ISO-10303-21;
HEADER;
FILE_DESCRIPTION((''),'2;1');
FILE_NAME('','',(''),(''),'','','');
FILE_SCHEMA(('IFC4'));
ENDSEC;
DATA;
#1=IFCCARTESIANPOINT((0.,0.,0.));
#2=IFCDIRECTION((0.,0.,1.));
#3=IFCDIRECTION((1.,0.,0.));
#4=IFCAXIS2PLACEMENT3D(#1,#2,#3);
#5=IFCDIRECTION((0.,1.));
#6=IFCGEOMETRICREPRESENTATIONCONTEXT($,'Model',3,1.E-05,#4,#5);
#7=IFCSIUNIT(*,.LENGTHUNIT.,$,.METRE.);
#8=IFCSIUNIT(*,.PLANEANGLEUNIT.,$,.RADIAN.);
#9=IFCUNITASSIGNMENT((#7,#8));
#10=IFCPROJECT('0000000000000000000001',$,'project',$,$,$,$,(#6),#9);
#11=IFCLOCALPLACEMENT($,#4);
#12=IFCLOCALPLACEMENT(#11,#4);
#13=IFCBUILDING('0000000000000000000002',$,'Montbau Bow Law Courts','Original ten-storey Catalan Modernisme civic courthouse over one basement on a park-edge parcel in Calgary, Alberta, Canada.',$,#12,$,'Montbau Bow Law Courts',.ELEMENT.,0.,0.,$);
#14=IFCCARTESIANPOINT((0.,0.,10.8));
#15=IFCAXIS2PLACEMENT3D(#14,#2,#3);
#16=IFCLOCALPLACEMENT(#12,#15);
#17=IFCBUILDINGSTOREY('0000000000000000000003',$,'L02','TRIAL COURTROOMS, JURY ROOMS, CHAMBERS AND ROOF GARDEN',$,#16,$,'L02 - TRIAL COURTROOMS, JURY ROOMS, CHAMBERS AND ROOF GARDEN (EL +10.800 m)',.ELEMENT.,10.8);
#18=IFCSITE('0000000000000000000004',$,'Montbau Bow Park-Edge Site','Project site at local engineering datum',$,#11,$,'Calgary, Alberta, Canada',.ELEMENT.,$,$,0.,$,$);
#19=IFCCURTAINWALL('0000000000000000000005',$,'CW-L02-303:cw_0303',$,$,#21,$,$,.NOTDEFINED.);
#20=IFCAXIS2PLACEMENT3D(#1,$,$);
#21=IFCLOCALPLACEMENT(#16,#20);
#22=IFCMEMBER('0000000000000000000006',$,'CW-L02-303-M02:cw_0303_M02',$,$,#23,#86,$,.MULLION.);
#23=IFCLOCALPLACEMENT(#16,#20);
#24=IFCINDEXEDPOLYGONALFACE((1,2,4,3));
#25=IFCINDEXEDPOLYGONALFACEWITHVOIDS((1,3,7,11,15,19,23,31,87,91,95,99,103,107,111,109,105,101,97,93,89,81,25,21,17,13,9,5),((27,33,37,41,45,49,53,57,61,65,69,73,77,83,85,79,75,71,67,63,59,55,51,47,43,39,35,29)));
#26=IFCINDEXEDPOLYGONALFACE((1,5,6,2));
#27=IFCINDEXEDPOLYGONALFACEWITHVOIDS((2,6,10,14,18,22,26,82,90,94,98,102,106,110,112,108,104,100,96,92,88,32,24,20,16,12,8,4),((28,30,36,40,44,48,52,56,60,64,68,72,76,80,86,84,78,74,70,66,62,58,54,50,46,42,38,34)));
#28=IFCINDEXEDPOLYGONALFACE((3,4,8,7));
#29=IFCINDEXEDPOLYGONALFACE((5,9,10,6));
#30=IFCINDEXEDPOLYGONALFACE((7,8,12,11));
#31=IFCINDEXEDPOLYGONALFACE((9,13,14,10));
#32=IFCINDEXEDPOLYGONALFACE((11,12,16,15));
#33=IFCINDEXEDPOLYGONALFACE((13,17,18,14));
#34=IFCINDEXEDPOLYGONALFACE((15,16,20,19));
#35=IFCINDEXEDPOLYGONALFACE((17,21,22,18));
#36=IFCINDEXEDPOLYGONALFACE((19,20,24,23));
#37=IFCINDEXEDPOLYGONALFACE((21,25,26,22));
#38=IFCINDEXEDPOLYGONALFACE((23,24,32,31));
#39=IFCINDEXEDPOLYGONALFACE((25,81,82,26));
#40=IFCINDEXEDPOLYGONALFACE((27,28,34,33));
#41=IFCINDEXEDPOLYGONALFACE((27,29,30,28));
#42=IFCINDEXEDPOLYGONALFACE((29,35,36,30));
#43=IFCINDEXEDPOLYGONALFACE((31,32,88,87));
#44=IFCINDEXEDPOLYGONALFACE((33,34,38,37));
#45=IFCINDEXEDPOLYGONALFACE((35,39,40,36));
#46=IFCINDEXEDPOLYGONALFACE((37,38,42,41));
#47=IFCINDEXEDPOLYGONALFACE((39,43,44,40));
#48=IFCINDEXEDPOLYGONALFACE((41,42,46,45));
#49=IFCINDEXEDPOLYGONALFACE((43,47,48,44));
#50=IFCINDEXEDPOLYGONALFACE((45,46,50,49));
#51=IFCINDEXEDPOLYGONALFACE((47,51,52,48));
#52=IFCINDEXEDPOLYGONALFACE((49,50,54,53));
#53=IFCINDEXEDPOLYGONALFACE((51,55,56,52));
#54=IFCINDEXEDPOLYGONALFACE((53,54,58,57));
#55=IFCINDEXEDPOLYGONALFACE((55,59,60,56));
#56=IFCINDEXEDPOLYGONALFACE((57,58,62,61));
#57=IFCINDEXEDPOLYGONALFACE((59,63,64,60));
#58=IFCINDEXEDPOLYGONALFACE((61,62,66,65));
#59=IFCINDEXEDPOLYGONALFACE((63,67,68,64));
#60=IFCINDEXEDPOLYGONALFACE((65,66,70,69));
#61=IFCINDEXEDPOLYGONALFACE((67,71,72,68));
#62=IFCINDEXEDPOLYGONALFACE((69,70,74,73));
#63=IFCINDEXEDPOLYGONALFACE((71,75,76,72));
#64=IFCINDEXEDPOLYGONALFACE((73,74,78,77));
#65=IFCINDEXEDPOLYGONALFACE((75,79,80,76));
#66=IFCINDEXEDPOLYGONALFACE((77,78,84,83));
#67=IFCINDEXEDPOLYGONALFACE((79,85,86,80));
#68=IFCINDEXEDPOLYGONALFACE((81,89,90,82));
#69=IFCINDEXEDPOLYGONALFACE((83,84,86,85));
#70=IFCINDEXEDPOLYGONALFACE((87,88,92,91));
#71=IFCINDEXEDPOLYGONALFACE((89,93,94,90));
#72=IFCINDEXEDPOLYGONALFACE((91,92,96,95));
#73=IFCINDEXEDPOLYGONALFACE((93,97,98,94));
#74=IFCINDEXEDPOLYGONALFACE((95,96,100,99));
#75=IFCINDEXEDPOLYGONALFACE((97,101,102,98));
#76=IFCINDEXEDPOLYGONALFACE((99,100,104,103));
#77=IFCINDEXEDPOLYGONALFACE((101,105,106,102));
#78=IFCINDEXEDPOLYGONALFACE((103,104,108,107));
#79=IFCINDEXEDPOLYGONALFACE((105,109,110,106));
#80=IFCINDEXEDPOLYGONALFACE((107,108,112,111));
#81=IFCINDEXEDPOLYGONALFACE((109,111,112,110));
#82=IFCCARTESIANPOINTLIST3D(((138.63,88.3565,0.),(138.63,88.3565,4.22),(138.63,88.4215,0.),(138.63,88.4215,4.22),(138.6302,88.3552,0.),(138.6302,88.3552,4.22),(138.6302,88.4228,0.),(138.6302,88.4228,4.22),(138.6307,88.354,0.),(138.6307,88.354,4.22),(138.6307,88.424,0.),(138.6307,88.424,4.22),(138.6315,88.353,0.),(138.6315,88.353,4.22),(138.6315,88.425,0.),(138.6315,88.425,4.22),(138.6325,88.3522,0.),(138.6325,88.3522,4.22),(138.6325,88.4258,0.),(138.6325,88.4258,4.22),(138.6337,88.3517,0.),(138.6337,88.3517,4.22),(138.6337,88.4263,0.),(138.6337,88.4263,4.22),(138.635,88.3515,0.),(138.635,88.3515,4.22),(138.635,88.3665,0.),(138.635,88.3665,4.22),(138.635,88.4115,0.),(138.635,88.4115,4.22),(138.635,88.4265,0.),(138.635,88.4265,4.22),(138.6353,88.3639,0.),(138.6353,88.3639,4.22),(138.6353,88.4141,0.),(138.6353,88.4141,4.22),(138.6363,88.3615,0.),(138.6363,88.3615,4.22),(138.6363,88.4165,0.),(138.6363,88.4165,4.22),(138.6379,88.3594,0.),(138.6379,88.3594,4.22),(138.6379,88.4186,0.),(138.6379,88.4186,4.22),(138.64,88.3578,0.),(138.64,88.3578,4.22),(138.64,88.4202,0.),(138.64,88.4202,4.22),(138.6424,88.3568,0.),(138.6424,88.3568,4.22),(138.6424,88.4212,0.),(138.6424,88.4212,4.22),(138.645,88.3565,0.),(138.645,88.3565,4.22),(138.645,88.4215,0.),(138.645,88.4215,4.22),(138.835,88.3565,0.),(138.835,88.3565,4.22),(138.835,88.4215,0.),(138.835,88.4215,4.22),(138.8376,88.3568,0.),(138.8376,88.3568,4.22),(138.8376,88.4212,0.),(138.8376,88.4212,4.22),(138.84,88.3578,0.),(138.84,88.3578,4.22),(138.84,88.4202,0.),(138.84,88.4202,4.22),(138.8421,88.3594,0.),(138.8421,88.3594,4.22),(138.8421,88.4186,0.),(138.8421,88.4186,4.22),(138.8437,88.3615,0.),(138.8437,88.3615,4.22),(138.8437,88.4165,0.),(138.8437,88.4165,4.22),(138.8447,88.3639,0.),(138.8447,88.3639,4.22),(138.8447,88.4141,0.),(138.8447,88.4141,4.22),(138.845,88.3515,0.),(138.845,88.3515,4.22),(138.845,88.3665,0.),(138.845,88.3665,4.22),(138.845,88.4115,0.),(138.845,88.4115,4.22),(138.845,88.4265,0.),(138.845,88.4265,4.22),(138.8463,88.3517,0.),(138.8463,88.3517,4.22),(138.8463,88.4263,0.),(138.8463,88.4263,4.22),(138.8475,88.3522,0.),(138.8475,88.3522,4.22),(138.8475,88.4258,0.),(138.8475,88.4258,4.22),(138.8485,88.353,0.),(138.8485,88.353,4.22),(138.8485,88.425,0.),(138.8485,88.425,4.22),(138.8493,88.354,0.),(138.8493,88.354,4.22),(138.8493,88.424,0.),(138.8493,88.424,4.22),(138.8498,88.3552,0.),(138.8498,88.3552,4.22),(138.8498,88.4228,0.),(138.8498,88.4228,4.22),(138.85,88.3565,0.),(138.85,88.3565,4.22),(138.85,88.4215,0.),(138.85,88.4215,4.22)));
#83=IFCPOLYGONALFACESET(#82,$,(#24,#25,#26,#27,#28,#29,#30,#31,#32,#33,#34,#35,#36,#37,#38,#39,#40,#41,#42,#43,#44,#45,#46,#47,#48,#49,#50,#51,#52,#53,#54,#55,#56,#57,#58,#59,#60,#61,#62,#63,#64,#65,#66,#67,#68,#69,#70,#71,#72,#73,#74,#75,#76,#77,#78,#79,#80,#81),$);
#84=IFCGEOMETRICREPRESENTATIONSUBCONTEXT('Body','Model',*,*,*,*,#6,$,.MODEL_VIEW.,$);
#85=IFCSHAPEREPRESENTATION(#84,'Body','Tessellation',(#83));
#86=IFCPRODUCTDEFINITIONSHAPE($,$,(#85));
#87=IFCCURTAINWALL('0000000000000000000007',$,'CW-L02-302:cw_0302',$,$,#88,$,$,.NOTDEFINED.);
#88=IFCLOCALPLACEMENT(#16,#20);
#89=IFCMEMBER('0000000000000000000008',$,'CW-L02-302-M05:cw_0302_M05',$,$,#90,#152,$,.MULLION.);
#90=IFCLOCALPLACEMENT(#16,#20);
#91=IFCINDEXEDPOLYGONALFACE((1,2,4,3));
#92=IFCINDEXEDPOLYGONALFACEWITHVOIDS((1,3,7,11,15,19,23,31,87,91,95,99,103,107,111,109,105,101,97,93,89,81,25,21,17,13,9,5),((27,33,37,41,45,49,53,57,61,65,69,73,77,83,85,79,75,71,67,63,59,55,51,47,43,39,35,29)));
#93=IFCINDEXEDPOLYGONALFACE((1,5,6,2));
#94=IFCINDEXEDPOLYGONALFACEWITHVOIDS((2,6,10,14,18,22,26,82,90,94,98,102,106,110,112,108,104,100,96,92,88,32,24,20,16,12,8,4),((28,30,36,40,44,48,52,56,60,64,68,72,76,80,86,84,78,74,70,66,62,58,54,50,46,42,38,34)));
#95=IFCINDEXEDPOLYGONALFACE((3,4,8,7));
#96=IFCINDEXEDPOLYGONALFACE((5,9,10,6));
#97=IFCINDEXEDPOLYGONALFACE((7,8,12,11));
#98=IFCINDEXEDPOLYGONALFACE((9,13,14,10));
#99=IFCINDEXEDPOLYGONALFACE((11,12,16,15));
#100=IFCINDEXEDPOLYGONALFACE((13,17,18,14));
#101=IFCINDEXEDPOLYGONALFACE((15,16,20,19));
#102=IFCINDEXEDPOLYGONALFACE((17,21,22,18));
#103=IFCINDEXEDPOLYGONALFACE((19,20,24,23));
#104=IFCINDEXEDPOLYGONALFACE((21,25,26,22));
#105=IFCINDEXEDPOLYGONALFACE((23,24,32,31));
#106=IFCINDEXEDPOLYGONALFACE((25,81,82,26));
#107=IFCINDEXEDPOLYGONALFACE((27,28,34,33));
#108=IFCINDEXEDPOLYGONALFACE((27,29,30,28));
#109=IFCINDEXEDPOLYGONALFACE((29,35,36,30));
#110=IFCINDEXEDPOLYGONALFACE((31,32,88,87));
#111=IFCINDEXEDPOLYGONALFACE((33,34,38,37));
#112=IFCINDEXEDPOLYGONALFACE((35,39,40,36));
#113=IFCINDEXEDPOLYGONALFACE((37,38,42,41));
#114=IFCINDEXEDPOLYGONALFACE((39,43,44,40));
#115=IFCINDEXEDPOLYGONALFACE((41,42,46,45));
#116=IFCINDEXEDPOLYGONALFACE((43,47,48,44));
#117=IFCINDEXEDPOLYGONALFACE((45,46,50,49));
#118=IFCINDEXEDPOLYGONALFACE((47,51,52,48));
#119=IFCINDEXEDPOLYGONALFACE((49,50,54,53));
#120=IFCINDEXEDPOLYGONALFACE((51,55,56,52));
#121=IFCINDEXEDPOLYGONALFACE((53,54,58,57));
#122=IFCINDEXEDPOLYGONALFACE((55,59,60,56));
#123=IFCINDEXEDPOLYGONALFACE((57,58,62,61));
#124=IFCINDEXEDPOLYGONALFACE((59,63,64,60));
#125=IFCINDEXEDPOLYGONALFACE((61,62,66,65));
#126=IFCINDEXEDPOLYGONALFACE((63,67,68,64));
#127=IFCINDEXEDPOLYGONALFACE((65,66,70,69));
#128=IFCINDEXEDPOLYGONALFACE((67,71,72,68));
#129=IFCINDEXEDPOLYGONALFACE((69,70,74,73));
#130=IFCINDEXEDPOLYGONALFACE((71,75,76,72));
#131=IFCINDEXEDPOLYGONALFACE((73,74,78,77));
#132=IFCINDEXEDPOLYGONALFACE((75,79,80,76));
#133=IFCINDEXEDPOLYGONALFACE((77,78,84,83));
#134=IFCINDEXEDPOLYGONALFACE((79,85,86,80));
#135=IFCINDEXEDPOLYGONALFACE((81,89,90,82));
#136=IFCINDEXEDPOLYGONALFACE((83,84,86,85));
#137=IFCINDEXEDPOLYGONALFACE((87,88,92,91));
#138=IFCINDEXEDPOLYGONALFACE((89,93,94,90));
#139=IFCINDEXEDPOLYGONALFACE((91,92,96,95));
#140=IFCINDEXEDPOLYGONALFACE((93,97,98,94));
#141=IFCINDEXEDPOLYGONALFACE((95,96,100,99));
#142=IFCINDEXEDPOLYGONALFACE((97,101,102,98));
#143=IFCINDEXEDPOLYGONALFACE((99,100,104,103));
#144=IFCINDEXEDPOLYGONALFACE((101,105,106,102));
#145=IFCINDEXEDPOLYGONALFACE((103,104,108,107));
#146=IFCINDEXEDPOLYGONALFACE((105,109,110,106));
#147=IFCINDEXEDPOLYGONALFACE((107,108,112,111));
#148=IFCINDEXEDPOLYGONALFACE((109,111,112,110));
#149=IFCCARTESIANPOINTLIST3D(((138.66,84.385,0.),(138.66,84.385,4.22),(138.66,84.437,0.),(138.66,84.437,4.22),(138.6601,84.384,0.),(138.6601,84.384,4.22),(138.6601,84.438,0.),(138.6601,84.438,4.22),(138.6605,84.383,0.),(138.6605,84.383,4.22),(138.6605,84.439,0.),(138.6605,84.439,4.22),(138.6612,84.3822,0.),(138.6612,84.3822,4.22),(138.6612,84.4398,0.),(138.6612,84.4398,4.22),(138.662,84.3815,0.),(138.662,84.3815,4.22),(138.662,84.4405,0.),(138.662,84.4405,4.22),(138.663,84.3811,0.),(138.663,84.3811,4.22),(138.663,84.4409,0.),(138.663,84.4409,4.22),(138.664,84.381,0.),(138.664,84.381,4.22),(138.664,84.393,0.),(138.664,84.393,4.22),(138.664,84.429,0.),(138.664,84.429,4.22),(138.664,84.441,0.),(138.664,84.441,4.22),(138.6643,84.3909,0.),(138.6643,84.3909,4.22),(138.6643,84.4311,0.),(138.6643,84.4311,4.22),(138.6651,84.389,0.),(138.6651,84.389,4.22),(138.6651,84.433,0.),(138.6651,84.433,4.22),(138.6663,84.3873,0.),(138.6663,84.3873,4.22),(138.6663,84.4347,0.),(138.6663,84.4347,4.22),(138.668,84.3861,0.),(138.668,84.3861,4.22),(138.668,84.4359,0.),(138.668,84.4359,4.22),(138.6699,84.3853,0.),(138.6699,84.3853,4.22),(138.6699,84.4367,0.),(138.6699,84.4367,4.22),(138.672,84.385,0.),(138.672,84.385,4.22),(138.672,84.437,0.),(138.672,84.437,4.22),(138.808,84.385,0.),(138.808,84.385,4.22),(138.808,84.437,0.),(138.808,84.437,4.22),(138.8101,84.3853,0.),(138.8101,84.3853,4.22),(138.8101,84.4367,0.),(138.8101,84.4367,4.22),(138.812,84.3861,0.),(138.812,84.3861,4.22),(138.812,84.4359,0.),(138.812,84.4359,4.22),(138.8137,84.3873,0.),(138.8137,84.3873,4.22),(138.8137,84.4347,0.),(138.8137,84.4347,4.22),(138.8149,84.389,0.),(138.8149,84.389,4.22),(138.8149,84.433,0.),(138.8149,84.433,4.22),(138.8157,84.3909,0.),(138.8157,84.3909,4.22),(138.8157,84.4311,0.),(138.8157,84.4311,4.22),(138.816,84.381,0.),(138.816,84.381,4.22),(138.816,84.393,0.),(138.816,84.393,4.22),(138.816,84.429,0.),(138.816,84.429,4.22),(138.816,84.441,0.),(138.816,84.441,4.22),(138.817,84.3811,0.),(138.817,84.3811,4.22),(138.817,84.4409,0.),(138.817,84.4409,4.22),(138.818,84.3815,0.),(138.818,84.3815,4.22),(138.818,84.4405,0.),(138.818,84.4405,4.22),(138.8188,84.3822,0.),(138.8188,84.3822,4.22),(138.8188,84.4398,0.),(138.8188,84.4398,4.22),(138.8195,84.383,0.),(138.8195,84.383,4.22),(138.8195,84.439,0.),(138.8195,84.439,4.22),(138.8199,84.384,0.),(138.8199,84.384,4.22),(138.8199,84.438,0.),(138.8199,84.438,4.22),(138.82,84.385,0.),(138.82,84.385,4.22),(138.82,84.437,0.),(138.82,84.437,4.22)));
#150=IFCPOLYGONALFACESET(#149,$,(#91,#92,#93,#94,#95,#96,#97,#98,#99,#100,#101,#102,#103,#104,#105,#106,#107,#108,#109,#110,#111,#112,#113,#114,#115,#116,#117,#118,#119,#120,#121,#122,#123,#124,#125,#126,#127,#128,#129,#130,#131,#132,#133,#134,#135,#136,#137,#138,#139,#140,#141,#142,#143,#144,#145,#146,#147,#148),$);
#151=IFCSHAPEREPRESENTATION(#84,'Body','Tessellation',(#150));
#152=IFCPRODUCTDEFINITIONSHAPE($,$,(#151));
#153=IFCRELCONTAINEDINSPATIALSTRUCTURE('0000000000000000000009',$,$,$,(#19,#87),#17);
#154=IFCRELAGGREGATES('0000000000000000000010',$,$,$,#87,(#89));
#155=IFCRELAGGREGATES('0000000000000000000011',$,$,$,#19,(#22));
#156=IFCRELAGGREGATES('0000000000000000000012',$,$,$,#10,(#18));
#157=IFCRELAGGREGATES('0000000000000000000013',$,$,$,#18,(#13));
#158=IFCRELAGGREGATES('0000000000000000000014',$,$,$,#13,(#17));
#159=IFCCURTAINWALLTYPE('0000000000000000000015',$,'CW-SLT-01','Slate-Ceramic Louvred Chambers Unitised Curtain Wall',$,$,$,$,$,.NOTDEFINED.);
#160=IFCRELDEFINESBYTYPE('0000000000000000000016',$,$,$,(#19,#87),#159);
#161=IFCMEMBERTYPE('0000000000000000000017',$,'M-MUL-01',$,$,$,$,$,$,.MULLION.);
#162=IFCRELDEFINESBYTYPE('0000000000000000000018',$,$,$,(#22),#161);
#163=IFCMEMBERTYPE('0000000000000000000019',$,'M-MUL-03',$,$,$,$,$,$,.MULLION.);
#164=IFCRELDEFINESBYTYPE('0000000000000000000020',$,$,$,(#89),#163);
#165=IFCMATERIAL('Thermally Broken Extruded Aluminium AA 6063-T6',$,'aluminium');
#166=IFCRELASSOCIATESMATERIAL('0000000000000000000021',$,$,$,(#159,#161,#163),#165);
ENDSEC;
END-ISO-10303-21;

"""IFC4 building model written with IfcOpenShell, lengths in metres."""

from ifc_helpers import new_model, si_unit, direction, frame, origin_with_axes, origin_2d_with_axis, place, context, subcontext, project, spatial, hollow_rectangle, extrude, material, material_profile, profile_set, type_object, element, aggregate, save


model = new_model("IFC4")

# Units and contexts
model_context = context("Model", 3, precision=1e-05, world=origin_with_axes(), true_north=direction((0.0, 1.0)))
body_context = subcontext(model_context, "Body", "Model", "MODEL_VIEW")
ifc_project = project(units=[si_unit("LENGTHUNIT", "METRE"), si_unit("PLANEANGLEUNIT", "RADIAN")], contexts=[model_context])

# Site, building, storey
site_placement = place(None, origin_with_axes())
site = spatial("IfcSite", under=ifc_project, at=site_placement, Name="Montbau Bow Park-Edge Site", Description="Project site at local engineering datum", LongName="Calgary, Alberta, Canada", CompositionType="ELEMENT", RefElevation=0.0)
building_placement = place(site_placement, origin_with_axes())
building = spatial("IfcBuilding", under=site, at=building_placement, Name="Montbau Bow Law Courts", Description="Original ten-storey Catalan Modernisme civic courthouse over one basement on a park-edge parcel in Calgary, Alberta, Canada.", LongName="Montbau Bow Law Courts", CompositionType="ELEMENT", ElevationOfRefHeight=0.0, ElevationOfTerrain=0.0)
storey_placement = place(building_placement, frame((0.0, 0.0, 10.8), z_axis=(0.0, 0.0, 1.0), x_axis=(1.0, 0.0, 0.0)))
storey = spatial("IfcBuildingStorey", under=building, at=storey_placement, Name="L02", Description="TRIAL COURTROOMS, JURY ROOMS, CHAMBERS AND ROOF GARDEN", LongName="L02 - TRIAL COURTROOMS, JURY ROOMS, CHAMBERS AND ROOF GARDEN (EL +10.800 m)", CompositionType="ELEMENT", Elevation=10.8)

# Curtain walls, members
ifc_material_1 = material(Name="Thermally Broken Extruded Aluminium AA 6063-T6", Category="aluminium")
curtain_wall_type = type_object("IfcCurtainWallType", Name="CW-SLT-01", Description="Slate-Ceramic Louvred Chambers Unitised Curtain Wall", PredefinedType="NOTDEFINED", material=ifc_material_1)
curtain_wall_1_placement = place(None, frame((138.74, 86.915, 10.8), z_axis=(0.0, 0.0, 1.0), x_axis=(1.0, 0.0, 0.0)))
curtain_wall_1 = element("IfcCurtainWall", 1, at=curtain_wall_1_placement, inside=storey, type_object=curtain_wall_type, Name="CW-L02-303:cw_0303", PredefinedType="NOTDEFINED")
ifc_material_profile_1 = material_profile(ifc_material_1, hollow_rectangle(XDim=0.075, YDim=0.22, WallThickness=0.005, InnerFilletRadius=0.01, OuterFilletRadius=0.005, at=origin_2d_with_axis()), Name="CWM-220X75", Category="Main", Priority=0)
ifc_profile_set_1 = profile_set([ifc_material_profile_1], Name="Thermally Broken Extruded Aluminium AA 6063-T6")
member_type_1 = type_object("IfcMemberType", Name="M-MUL-01", PredefinedType="MULLION", material=ifc_profile_set_1)
member_1_placement = place(None, frame((138.74, 88.389, 10.8), z_axis=(0.0, 0.0, 1.0), x_axis=(0.0, 1.0, 0.0)))
member_1 = element("IfcMember", 2, at=member_1_placement, type_object=member_type_1, Name="CW-L02-303-M02:cw_0303_M02", PredefinedType="MULLION", context=body_context, shape_type="SweptSolid", body=[
    extrude(hollow_rectangle(XDim=0.075, YDim=0.22, WallThickness=0.005, InnerFilletRadius=0.01, OuterFilletRadius=0.005, at=origin_2d_with_axis()), origin_with_axes(), (0.0, 0.0, 1.0), 4.22),
])
curtain_wall_2_placement = place(None, frame((138.74, 78.515, 10.8), z_axis=(0.0, 0.0, 1.0), x_axis=(1.0, 0.0, 0.0)))
curtain_wall_2 = element("IfcCurtainWall", 3, at=curtain_wall_2_placement, inside=storey, type_object=curtain_wall_type, Name="CW-L02-302:cw_0302", PredefinedType="NOTDEFINED")
ifc_material_profile_2 = material_profile(ifc_material_1, hollow_rectangle(XDim=0.06, YDim=0.16, WallThickness=0.004, InnerFilletRadius=0.008, OuterFilletRadius=0.004, at=origin_2d_with_axis()), Name="CWM-160X60", Category="Main", Priority=0)
ifc_profile_set_2 = profile_set([ifc_material_profile_2], Name="Thermally Broken Extruded Aluminium AA 6063-T6")
member_type_2 = type_object("IfcMemberType", Name="M-MUL-03", PredefinedType="MULLION", material=ifc_profile_set_2)
member_2_placement = place(None, frame((138.74, 84.411, 10.8), z_axis=(0.0, 0.0, 1.0), x_axis=(0.0, 1.0, 0.0)))
member_2 = element("IfcMember", 4, at=member_2_placement, type_object=member_type_2, Name="CW-L02-302-M05:cw_0302_M05", PredefinedType="MULLION", context=body_context, shape_type="SweptSolid", body=[
    extrude(hollow_rectangle(XDim=0.06, YDim=0.16, WallThickness=0.004, InnerFilletRadius=0.008, OuterFilletRadius=0.004, at=origin_2d_with_axis()), origin_with_axes(), (0.0, 0.0, 1.0), 4.22),
])

aggregate(curtain_wall_2, [member_2])
aggregate(curtain_wall_1, [member_1])

save(model, "model.ifc")
